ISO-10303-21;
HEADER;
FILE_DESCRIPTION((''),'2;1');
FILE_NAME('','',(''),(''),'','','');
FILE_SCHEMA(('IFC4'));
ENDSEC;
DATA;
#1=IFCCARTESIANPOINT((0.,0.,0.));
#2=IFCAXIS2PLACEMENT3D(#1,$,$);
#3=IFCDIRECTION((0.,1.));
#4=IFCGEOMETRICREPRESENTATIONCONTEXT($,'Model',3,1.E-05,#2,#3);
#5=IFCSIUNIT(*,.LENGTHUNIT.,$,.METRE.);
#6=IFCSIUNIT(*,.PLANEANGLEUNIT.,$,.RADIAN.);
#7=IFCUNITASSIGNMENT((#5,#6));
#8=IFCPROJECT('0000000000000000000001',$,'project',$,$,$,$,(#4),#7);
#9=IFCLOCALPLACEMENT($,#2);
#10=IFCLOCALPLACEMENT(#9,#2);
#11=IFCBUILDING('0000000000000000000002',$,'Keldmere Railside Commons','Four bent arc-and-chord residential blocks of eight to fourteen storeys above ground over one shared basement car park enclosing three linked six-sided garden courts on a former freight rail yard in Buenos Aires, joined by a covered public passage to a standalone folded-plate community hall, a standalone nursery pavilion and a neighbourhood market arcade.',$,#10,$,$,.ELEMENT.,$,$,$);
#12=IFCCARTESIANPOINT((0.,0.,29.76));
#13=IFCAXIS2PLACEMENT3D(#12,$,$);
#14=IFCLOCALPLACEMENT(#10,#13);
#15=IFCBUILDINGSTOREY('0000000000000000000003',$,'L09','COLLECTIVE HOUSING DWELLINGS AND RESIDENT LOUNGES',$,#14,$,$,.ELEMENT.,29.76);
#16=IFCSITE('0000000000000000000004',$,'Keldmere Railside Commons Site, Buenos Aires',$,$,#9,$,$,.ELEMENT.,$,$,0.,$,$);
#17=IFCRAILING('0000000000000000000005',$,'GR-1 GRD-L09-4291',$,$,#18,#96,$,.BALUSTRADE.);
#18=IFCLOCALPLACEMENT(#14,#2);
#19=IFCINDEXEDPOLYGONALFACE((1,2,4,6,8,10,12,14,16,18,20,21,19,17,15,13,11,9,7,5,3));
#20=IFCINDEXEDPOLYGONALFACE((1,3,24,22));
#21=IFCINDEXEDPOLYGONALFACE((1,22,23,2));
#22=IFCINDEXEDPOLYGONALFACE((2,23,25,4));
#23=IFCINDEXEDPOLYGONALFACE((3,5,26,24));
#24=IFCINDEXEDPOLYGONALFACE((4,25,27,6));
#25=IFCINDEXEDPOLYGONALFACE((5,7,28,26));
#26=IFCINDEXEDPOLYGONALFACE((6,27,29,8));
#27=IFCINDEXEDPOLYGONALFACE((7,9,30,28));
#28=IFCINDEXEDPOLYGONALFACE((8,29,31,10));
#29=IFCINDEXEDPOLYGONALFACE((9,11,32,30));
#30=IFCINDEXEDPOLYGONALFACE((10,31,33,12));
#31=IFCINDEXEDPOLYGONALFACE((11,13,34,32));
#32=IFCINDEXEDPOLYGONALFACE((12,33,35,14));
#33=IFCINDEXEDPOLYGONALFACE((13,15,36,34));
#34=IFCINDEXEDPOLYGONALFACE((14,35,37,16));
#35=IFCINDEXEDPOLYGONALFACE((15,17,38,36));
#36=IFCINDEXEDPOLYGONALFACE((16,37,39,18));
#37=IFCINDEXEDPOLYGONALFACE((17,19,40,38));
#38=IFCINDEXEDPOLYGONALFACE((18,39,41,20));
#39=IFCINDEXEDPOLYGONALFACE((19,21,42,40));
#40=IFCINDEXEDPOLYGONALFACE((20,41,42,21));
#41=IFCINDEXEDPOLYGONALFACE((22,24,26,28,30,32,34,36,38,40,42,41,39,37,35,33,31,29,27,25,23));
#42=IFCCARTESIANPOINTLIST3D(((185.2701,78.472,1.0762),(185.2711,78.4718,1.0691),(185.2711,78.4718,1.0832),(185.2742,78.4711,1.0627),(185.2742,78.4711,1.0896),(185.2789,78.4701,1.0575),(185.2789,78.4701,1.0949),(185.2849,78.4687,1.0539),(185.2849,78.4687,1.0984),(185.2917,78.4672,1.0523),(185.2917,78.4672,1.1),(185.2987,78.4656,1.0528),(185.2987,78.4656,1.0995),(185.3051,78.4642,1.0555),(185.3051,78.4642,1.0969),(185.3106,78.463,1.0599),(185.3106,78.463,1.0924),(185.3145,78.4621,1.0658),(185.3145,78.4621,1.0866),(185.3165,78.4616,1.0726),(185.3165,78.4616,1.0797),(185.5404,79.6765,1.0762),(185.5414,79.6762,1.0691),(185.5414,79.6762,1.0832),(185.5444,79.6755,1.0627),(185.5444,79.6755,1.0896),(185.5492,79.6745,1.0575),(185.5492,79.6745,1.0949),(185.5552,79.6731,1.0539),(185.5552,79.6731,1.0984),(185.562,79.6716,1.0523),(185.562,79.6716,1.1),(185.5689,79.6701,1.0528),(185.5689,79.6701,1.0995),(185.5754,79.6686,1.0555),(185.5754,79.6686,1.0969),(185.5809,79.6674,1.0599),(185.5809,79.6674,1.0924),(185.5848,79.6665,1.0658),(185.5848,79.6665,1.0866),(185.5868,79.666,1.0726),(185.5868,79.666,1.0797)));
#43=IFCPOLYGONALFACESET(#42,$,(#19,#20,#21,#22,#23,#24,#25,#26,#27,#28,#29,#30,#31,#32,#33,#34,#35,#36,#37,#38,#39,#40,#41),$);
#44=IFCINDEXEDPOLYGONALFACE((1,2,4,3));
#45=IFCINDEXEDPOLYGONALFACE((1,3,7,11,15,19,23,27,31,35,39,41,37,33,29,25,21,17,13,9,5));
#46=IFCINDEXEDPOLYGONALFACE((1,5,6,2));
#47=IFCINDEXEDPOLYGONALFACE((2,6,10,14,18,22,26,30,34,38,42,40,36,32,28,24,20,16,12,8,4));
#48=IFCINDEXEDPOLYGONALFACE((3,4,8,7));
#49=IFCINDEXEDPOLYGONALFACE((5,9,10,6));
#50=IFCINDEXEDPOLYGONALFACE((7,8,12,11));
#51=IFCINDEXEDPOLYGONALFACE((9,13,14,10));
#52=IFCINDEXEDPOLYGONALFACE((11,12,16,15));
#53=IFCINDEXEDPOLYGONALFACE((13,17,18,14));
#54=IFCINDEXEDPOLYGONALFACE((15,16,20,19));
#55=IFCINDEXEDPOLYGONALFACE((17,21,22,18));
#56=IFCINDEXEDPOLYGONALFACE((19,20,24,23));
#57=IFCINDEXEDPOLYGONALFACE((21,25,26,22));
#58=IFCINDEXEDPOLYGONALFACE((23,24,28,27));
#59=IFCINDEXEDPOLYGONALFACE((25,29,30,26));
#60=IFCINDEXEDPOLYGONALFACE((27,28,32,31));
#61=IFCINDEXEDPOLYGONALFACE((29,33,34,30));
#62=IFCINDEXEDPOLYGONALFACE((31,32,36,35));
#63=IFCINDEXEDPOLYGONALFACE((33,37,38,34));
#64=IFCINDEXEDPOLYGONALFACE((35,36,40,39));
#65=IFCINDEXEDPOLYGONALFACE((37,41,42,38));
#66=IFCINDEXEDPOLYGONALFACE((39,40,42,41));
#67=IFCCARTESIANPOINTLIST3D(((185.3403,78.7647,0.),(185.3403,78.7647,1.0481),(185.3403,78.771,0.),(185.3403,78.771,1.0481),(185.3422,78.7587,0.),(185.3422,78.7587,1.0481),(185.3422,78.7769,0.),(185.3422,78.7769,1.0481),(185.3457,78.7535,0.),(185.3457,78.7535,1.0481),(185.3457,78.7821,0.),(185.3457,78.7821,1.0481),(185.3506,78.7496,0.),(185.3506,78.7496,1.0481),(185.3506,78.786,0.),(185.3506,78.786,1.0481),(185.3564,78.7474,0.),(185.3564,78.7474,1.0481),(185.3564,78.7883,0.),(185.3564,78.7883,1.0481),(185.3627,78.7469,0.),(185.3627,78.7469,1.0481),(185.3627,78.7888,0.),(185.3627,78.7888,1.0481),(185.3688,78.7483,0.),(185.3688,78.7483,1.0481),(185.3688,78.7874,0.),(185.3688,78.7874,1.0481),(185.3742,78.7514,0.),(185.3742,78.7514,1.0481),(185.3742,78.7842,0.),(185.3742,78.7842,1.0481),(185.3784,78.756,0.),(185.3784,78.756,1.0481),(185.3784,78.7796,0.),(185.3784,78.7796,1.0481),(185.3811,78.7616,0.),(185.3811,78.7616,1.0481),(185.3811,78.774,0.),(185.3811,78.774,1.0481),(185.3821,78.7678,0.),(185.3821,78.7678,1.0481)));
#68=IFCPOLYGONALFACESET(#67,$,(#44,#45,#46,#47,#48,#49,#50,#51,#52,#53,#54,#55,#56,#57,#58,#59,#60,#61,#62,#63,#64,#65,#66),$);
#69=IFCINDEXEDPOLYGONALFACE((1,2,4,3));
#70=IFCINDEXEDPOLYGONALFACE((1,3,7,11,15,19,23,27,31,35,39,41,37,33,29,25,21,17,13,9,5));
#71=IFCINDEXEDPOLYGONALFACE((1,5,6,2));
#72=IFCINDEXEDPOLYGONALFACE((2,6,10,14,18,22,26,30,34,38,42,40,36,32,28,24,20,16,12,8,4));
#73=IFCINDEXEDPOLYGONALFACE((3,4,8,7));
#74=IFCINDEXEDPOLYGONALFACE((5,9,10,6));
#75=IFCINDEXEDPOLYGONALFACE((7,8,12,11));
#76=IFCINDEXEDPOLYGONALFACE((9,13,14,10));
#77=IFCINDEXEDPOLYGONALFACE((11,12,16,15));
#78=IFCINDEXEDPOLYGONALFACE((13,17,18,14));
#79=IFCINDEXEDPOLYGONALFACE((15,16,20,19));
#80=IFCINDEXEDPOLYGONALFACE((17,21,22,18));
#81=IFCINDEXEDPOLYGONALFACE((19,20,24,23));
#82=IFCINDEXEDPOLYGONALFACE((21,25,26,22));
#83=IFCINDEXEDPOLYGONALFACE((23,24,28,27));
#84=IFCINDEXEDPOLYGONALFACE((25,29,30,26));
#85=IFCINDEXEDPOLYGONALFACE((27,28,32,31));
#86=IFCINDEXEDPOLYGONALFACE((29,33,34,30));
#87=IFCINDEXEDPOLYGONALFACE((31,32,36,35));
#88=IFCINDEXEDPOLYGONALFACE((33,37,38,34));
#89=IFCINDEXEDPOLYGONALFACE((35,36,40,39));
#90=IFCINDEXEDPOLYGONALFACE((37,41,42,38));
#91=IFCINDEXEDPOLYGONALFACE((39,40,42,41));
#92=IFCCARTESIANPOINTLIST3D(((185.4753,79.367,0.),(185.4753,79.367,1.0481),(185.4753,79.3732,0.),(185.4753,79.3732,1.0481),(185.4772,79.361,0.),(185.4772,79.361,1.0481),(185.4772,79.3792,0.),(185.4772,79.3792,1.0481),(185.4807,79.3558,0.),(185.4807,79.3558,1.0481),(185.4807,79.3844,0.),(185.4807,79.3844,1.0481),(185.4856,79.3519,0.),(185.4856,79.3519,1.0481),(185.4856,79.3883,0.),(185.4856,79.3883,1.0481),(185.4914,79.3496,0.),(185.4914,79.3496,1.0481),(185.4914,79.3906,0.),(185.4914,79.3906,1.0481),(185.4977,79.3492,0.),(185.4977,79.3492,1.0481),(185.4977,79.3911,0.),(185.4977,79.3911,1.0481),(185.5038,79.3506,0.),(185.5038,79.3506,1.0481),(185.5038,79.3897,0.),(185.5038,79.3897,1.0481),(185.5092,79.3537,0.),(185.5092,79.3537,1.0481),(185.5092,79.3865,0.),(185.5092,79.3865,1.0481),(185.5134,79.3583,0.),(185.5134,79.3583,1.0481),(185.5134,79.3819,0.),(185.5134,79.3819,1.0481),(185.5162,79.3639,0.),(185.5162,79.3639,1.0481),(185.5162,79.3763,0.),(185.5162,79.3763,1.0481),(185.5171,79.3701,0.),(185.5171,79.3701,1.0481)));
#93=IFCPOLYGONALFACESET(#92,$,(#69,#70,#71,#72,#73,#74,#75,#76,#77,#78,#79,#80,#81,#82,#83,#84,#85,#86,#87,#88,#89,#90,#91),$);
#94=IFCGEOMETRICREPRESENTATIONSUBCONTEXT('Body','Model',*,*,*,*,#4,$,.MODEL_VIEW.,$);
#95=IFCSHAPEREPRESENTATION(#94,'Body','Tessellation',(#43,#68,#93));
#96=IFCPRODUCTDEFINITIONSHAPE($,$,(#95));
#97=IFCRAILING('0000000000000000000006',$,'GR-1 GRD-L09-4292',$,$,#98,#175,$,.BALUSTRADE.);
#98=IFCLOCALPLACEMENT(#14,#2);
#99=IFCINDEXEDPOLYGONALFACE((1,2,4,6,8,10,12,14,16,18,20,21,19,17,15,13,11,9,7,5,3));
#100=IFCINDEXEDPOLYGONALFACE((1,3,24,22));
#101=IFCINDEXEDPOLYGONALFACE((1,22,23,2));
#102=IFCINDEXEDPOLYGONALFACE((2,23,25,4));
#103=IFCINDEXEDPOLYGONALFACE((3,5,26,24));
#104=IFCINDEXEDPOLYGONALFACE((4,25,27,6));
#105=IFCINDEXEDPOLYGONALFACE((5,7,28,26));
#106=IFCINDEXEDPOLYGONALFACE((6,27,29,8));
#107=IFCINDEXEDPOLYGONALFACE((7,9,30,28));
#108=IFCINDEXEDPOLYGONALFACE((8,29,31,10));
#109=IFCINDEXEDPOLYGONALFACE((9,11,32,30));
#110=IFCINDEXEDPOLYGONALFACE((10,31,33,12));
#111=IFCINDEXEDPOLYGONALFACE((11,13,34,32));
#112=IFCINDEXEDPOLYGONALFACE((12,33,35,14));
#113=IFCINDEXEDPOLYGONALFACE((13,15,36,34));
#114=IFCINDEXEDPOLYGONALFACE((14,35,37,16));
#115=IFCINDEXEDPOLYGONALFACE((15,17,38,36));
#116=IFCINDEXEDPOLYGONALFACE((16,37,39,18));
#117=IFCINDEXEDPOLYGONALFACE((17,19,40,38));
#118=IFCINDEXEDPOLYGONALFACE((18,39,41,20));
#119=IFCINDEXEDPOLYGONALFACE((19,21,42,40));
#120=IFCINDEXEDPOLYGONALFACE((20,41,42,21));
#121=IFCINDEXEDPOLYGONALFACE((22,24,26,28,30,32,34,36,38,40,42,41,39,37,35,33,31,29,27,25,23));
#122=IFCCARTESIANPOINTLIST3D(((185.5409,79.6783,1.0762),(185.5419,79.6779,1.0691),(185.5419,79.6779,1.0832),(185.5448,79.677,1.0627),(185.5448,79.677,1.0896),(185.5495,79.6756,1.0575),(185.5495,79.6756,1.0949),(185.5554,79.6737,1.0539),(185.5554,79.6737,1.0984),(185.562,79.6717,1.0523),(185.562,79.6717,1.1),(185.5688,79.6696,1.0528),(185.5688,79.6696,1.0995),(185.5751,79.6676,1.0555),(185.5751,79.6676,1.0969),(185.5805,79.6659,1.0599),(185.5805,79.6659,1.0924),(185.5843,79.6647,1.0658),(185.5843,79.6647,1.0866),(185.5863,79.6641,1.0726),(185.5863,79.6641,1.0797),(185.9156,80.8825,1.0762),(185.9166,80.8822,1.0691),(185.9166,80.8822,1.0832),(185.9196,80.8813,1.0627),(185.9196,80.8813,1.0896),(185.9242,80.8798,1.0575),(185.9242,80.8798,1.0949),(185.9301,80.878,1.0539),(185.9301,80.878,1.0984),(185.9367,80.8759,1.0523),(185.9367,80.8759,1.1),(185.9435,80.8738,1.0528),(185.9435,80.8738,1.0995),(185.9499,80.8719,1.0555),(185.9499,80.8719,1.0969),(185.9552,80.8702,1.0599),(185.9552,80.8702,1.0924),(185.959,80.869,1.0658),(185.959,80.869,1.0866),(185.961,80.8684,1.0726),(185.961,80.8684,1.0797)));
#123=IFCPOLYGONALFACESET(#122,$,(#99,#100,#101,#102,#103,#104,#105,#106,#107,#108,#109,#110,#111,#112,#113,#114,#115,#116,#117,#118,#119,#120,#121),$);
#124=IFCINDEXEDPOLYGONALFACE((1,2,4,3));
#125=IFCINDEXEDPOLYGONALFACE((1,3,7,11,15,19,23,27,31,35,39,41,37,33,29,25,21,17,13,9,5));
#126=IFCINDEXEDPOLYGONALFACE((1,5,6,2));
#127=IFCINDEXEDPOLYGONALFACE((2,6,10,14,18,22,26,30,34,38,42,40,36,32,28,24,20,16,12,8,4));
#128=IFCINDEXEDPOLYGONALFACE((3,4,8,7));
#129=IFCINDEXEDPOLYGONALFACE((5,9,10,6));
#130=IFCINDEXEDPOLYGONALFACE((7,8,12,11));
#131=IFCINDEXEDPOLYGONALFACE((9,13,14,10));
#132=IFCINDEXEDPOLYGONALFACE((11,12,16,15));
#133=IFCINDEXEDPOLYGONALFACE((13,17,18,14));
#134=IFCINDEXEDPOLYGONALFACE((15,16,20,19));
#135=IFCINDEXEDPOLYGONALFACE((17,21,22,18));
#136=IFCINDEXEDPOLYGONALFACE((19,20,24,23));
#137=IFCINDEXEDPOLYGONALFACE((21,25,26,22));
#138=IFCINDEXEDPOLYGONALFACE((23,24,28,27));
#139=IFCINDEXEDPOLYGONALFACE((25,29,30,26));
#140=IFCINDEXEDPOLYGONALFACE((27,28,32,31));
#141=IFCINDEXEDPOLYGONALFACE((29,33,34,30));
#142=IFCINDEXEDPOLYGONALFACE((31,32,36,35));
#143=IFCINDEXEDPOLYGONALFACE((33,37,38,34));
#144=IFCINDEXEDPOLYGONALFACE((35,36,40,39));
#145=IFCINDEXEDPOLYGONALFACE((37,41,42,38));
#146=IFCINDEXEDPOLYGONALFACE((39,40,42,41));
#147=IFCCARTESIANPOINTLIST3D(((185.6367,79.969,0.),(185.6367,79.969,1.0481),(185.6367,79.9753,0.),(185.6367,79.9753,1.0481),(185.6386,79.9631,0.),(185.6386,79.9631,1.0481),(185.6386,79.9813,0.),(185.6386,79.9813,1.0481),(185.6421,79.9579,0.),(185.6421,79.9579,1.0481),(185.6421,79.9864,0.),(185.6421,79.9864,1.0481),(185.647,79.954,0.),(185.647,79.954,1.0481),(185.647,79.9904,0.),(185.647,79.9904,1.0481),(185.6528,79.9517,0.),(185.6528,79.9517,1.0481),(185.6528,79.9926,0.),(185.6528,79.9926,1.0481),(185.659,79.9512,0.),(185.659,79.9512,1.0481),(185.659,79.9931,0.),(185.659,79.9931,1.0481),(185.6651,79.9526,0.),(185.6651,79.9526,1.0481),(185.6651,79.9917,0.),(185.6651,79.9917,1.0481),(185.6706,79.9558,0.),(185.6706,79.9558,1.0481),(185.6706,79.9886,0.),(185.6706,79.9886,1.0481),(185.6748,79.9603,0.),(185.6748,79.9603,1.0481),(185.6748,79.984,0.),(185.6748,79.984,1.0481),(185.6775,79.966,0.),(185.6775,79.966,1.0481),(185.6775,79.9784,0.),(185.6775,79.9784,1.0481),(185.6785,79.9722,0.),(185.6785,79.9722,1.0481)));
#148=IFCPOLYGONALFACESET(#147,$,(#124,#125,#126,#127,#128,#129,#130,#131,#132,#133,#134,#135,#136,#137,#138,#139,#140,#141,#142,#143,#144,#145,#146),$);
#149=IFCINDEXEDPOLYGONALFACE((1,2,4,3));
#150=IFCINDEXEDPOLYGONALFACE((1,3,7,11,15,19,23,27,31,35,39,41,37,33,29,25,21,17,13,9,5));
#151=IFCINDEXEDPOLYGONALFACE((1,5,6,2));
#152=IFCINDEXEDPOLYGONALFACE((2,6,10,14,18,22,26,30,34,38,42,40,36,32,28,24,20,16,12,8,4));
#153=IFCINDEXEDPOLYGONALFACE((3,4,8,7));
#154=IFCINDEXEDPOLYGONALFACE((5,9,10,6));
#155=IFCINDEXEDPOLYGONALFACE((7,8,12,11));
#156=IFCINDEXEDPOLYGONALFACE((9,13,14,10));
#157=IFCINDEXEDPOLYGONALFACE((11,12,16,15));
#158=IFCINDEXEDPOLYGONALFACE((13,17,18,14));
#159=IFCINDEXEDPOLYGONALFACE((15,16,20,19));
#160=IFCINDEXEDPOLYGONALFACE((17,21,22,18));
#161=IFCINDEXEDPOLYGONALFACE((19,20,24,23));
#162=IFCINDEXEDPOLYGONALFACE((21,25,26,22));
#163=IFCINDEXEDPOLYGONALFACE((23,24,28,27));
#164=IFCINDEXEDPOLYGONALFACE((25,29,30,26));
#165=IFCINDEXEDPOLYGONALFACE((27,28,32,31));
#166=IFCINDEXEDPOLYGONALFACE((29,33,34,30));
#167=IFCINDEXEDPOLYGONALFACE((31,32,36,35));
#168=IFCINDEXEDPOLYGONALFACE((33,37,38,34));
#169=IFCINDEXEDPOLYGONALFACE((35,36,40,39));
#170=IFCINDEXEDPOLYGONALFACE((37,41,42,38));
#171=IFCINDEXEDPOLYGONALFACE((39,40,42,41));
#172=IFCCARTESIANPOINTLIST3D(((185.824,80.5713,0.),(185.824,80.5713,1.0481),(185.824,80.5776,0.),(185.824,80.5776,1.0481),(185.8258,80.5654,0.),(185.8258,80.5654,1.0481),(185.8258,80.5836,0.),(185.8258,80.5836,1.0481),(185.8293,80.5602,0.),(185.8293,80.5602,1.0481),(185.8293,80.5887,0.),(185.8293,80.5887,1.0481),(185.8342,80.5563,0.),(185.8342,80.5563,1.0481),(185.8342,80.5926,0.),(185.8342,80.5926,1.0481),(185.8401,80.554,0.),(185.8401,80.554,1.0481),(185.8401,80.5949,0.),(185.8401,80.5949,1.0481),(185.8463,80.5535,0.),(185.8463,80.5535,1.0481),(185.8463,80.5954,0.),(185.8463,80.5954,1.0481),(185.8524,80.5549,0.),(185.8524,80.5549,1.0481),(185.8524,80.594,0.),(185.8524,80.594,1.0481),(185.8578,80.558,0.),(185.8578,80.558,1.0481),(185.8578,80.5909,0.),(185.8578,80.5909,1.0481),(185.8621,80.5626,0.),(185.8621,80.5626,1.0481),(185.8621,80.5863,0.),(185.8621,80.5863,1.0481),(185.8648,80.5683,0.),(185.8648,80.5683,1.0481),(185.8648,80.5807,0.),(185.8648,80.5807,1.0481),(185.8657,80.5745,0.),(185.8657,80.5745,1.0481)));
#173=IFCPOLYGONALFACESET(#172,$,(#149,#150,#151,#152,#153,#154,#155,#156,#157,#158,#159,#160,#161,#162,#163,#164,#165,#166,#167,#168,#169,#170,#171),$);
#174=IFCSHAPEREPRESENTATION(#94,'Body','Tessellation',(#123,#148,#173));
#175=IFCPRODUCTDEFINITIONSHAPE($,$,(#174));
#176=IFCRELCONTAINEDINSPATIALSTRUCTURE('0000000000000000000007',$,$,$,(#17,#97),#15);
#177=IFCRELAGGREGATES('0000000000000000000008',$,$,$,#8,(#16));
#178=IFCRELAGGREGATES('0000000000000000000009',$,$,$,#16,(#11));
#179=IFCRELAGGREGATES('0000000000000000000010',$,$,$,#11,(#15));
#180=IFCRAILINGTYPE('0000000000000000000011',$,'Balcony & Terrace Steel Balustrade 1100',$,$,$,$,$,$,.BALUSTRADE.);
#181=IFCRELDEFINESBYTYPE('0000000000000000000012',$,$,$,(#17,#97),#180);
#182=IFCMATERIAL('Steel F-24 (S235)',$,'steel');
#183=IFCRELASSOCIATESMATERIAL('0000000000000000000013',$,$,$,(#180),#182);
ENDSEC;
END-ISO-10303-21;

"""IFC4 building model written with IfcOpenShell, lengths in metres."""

from ifc_helpers import new_model, si_unit, direction, frame, origin, origin_2d, place, context, subcontext, project, spatial, circle, extrude, material, type_object, element, save


model = new_model("IFC4")

# Units and contexts
model_context = context("Model", 3, precision=1e-05, world=origin(), true_north=direction((0.0, 1.0)))
body_context = subcontext(model_context, "Body", "Model", "MODEL_VIEW")
ifc_project = project(units=[si_unit("LENGTHUNIT", "METRE"), si_unit("PLANEANGLEUNIT", "RADIAN")], contexts=[model_context])

# Site, building, storey
site_placement = place(None, origin())
site = spatial("IfcSite", under=ifc_project, at=site_placement, Name="Keldmere Railside Commons Site, Buenos Aires", CompositionType="ELEMENT", RefElevation=0.0)
building_placement = place(site_placement, origin())
building = spatial("IfcBuilding", under=site, at=building_placement, Name="Keldmere Railside Commons", Description="Four bent arc-and-chord residential blocks of eight to fourteen storeys above ground over one shared basement car park enclosing three linked six-sided garden courts on a former freight rail yard in Buenos Aires, joined by a covered public passage to a standalone folded-plate community hall, a standalone nursery pavilion and a neighbourhood market arcade.", CompositionType="ELEMENT")
storey_placement = place(building_placement, frame((0.0, 0.0, 29.76)))
storey = spatial("IfcBuildingStorey", under=building, at=storey_placement, Name="L09", Description="COLLECTIVE HOUSING DWELLINGS AND RESIDENT LOUNGES", CompositionType="ELEMENT", Elevation=29.76)

# Railings
ifc_material_1 = material(Name="Steel F-24 (S235)", Category="steel")
railing_type = type_object("IfcRailingType", Name="Balcony & Terrace Steel Balustrade 1100", PredefinedType="BALUSTRADE", material=ifc_material_1)
railing_1_placement = place(storey_placement, frame((185.2935, 78.4668, 0.0)))
element("IfcRailing", 1, at=railing_1_placement, inside=storey, type_object=railing_type, Name="GR-1 GRD-L09-4291", PredefinedType="BALUSTRADE", context=body_context, shape_type="SweptSolid", body=[
    extrude(circle(Radius=0.0239, at=origin_2d()), frame((0.0, 0.0, 1.0762), z_axis=(0.218961, 0.975734, 0.0), x_axis=(-0.975734, 0.218961, 0.0)), (0.0, 0.0, 1.0), 1.2344),
    extrude(circle(Radius=0.021, at=origin_2d()), frame((0.0676, 0.301, 0.0)), (0.0, 0.0, 1.0), 1.0481),
    extrude(circle(Radius=0.021, at=origin_2d()), frame((0.2026, 0.9033, 0.0)), (0.0, 0.0, 1.0), 1.0481),
])
railing_2_placement = place(storey_placement, frame((185.5637, 79.6711, 0.0)))
element("IfcRailing", 2, at=railing_2_placement, inside=storey, type_object=railing_type, Name="GR-1 GRD-L09-4292", PredefinedType="BALUSTRADE", context=body_context, shape_type="SweptSolid", body=[
    extrude(circle(Radius=0.0239, at=origin_2d()), frame((0.0, 0.0, 1.0762), z_axis=(0.297118, 0.954841, 0.0), x_axis=(-0.954841, 0.297118, 0.0)), (0.0, 0.0, 1.0), 1.2612),
    extrude(circle(Radius=0.021, at=origin_2d()), frame((0.0938, 0.301, 0.0)), (0.0, 0.0, 1.0), 1.0481),
    extrude(circle(Radius=0.021, at=origin_2d()), frame((0.281, 0.9033, 0.0)), (0.0, 0.0, 1.0), 1.0481),
])

save(model, "model.ifc")
